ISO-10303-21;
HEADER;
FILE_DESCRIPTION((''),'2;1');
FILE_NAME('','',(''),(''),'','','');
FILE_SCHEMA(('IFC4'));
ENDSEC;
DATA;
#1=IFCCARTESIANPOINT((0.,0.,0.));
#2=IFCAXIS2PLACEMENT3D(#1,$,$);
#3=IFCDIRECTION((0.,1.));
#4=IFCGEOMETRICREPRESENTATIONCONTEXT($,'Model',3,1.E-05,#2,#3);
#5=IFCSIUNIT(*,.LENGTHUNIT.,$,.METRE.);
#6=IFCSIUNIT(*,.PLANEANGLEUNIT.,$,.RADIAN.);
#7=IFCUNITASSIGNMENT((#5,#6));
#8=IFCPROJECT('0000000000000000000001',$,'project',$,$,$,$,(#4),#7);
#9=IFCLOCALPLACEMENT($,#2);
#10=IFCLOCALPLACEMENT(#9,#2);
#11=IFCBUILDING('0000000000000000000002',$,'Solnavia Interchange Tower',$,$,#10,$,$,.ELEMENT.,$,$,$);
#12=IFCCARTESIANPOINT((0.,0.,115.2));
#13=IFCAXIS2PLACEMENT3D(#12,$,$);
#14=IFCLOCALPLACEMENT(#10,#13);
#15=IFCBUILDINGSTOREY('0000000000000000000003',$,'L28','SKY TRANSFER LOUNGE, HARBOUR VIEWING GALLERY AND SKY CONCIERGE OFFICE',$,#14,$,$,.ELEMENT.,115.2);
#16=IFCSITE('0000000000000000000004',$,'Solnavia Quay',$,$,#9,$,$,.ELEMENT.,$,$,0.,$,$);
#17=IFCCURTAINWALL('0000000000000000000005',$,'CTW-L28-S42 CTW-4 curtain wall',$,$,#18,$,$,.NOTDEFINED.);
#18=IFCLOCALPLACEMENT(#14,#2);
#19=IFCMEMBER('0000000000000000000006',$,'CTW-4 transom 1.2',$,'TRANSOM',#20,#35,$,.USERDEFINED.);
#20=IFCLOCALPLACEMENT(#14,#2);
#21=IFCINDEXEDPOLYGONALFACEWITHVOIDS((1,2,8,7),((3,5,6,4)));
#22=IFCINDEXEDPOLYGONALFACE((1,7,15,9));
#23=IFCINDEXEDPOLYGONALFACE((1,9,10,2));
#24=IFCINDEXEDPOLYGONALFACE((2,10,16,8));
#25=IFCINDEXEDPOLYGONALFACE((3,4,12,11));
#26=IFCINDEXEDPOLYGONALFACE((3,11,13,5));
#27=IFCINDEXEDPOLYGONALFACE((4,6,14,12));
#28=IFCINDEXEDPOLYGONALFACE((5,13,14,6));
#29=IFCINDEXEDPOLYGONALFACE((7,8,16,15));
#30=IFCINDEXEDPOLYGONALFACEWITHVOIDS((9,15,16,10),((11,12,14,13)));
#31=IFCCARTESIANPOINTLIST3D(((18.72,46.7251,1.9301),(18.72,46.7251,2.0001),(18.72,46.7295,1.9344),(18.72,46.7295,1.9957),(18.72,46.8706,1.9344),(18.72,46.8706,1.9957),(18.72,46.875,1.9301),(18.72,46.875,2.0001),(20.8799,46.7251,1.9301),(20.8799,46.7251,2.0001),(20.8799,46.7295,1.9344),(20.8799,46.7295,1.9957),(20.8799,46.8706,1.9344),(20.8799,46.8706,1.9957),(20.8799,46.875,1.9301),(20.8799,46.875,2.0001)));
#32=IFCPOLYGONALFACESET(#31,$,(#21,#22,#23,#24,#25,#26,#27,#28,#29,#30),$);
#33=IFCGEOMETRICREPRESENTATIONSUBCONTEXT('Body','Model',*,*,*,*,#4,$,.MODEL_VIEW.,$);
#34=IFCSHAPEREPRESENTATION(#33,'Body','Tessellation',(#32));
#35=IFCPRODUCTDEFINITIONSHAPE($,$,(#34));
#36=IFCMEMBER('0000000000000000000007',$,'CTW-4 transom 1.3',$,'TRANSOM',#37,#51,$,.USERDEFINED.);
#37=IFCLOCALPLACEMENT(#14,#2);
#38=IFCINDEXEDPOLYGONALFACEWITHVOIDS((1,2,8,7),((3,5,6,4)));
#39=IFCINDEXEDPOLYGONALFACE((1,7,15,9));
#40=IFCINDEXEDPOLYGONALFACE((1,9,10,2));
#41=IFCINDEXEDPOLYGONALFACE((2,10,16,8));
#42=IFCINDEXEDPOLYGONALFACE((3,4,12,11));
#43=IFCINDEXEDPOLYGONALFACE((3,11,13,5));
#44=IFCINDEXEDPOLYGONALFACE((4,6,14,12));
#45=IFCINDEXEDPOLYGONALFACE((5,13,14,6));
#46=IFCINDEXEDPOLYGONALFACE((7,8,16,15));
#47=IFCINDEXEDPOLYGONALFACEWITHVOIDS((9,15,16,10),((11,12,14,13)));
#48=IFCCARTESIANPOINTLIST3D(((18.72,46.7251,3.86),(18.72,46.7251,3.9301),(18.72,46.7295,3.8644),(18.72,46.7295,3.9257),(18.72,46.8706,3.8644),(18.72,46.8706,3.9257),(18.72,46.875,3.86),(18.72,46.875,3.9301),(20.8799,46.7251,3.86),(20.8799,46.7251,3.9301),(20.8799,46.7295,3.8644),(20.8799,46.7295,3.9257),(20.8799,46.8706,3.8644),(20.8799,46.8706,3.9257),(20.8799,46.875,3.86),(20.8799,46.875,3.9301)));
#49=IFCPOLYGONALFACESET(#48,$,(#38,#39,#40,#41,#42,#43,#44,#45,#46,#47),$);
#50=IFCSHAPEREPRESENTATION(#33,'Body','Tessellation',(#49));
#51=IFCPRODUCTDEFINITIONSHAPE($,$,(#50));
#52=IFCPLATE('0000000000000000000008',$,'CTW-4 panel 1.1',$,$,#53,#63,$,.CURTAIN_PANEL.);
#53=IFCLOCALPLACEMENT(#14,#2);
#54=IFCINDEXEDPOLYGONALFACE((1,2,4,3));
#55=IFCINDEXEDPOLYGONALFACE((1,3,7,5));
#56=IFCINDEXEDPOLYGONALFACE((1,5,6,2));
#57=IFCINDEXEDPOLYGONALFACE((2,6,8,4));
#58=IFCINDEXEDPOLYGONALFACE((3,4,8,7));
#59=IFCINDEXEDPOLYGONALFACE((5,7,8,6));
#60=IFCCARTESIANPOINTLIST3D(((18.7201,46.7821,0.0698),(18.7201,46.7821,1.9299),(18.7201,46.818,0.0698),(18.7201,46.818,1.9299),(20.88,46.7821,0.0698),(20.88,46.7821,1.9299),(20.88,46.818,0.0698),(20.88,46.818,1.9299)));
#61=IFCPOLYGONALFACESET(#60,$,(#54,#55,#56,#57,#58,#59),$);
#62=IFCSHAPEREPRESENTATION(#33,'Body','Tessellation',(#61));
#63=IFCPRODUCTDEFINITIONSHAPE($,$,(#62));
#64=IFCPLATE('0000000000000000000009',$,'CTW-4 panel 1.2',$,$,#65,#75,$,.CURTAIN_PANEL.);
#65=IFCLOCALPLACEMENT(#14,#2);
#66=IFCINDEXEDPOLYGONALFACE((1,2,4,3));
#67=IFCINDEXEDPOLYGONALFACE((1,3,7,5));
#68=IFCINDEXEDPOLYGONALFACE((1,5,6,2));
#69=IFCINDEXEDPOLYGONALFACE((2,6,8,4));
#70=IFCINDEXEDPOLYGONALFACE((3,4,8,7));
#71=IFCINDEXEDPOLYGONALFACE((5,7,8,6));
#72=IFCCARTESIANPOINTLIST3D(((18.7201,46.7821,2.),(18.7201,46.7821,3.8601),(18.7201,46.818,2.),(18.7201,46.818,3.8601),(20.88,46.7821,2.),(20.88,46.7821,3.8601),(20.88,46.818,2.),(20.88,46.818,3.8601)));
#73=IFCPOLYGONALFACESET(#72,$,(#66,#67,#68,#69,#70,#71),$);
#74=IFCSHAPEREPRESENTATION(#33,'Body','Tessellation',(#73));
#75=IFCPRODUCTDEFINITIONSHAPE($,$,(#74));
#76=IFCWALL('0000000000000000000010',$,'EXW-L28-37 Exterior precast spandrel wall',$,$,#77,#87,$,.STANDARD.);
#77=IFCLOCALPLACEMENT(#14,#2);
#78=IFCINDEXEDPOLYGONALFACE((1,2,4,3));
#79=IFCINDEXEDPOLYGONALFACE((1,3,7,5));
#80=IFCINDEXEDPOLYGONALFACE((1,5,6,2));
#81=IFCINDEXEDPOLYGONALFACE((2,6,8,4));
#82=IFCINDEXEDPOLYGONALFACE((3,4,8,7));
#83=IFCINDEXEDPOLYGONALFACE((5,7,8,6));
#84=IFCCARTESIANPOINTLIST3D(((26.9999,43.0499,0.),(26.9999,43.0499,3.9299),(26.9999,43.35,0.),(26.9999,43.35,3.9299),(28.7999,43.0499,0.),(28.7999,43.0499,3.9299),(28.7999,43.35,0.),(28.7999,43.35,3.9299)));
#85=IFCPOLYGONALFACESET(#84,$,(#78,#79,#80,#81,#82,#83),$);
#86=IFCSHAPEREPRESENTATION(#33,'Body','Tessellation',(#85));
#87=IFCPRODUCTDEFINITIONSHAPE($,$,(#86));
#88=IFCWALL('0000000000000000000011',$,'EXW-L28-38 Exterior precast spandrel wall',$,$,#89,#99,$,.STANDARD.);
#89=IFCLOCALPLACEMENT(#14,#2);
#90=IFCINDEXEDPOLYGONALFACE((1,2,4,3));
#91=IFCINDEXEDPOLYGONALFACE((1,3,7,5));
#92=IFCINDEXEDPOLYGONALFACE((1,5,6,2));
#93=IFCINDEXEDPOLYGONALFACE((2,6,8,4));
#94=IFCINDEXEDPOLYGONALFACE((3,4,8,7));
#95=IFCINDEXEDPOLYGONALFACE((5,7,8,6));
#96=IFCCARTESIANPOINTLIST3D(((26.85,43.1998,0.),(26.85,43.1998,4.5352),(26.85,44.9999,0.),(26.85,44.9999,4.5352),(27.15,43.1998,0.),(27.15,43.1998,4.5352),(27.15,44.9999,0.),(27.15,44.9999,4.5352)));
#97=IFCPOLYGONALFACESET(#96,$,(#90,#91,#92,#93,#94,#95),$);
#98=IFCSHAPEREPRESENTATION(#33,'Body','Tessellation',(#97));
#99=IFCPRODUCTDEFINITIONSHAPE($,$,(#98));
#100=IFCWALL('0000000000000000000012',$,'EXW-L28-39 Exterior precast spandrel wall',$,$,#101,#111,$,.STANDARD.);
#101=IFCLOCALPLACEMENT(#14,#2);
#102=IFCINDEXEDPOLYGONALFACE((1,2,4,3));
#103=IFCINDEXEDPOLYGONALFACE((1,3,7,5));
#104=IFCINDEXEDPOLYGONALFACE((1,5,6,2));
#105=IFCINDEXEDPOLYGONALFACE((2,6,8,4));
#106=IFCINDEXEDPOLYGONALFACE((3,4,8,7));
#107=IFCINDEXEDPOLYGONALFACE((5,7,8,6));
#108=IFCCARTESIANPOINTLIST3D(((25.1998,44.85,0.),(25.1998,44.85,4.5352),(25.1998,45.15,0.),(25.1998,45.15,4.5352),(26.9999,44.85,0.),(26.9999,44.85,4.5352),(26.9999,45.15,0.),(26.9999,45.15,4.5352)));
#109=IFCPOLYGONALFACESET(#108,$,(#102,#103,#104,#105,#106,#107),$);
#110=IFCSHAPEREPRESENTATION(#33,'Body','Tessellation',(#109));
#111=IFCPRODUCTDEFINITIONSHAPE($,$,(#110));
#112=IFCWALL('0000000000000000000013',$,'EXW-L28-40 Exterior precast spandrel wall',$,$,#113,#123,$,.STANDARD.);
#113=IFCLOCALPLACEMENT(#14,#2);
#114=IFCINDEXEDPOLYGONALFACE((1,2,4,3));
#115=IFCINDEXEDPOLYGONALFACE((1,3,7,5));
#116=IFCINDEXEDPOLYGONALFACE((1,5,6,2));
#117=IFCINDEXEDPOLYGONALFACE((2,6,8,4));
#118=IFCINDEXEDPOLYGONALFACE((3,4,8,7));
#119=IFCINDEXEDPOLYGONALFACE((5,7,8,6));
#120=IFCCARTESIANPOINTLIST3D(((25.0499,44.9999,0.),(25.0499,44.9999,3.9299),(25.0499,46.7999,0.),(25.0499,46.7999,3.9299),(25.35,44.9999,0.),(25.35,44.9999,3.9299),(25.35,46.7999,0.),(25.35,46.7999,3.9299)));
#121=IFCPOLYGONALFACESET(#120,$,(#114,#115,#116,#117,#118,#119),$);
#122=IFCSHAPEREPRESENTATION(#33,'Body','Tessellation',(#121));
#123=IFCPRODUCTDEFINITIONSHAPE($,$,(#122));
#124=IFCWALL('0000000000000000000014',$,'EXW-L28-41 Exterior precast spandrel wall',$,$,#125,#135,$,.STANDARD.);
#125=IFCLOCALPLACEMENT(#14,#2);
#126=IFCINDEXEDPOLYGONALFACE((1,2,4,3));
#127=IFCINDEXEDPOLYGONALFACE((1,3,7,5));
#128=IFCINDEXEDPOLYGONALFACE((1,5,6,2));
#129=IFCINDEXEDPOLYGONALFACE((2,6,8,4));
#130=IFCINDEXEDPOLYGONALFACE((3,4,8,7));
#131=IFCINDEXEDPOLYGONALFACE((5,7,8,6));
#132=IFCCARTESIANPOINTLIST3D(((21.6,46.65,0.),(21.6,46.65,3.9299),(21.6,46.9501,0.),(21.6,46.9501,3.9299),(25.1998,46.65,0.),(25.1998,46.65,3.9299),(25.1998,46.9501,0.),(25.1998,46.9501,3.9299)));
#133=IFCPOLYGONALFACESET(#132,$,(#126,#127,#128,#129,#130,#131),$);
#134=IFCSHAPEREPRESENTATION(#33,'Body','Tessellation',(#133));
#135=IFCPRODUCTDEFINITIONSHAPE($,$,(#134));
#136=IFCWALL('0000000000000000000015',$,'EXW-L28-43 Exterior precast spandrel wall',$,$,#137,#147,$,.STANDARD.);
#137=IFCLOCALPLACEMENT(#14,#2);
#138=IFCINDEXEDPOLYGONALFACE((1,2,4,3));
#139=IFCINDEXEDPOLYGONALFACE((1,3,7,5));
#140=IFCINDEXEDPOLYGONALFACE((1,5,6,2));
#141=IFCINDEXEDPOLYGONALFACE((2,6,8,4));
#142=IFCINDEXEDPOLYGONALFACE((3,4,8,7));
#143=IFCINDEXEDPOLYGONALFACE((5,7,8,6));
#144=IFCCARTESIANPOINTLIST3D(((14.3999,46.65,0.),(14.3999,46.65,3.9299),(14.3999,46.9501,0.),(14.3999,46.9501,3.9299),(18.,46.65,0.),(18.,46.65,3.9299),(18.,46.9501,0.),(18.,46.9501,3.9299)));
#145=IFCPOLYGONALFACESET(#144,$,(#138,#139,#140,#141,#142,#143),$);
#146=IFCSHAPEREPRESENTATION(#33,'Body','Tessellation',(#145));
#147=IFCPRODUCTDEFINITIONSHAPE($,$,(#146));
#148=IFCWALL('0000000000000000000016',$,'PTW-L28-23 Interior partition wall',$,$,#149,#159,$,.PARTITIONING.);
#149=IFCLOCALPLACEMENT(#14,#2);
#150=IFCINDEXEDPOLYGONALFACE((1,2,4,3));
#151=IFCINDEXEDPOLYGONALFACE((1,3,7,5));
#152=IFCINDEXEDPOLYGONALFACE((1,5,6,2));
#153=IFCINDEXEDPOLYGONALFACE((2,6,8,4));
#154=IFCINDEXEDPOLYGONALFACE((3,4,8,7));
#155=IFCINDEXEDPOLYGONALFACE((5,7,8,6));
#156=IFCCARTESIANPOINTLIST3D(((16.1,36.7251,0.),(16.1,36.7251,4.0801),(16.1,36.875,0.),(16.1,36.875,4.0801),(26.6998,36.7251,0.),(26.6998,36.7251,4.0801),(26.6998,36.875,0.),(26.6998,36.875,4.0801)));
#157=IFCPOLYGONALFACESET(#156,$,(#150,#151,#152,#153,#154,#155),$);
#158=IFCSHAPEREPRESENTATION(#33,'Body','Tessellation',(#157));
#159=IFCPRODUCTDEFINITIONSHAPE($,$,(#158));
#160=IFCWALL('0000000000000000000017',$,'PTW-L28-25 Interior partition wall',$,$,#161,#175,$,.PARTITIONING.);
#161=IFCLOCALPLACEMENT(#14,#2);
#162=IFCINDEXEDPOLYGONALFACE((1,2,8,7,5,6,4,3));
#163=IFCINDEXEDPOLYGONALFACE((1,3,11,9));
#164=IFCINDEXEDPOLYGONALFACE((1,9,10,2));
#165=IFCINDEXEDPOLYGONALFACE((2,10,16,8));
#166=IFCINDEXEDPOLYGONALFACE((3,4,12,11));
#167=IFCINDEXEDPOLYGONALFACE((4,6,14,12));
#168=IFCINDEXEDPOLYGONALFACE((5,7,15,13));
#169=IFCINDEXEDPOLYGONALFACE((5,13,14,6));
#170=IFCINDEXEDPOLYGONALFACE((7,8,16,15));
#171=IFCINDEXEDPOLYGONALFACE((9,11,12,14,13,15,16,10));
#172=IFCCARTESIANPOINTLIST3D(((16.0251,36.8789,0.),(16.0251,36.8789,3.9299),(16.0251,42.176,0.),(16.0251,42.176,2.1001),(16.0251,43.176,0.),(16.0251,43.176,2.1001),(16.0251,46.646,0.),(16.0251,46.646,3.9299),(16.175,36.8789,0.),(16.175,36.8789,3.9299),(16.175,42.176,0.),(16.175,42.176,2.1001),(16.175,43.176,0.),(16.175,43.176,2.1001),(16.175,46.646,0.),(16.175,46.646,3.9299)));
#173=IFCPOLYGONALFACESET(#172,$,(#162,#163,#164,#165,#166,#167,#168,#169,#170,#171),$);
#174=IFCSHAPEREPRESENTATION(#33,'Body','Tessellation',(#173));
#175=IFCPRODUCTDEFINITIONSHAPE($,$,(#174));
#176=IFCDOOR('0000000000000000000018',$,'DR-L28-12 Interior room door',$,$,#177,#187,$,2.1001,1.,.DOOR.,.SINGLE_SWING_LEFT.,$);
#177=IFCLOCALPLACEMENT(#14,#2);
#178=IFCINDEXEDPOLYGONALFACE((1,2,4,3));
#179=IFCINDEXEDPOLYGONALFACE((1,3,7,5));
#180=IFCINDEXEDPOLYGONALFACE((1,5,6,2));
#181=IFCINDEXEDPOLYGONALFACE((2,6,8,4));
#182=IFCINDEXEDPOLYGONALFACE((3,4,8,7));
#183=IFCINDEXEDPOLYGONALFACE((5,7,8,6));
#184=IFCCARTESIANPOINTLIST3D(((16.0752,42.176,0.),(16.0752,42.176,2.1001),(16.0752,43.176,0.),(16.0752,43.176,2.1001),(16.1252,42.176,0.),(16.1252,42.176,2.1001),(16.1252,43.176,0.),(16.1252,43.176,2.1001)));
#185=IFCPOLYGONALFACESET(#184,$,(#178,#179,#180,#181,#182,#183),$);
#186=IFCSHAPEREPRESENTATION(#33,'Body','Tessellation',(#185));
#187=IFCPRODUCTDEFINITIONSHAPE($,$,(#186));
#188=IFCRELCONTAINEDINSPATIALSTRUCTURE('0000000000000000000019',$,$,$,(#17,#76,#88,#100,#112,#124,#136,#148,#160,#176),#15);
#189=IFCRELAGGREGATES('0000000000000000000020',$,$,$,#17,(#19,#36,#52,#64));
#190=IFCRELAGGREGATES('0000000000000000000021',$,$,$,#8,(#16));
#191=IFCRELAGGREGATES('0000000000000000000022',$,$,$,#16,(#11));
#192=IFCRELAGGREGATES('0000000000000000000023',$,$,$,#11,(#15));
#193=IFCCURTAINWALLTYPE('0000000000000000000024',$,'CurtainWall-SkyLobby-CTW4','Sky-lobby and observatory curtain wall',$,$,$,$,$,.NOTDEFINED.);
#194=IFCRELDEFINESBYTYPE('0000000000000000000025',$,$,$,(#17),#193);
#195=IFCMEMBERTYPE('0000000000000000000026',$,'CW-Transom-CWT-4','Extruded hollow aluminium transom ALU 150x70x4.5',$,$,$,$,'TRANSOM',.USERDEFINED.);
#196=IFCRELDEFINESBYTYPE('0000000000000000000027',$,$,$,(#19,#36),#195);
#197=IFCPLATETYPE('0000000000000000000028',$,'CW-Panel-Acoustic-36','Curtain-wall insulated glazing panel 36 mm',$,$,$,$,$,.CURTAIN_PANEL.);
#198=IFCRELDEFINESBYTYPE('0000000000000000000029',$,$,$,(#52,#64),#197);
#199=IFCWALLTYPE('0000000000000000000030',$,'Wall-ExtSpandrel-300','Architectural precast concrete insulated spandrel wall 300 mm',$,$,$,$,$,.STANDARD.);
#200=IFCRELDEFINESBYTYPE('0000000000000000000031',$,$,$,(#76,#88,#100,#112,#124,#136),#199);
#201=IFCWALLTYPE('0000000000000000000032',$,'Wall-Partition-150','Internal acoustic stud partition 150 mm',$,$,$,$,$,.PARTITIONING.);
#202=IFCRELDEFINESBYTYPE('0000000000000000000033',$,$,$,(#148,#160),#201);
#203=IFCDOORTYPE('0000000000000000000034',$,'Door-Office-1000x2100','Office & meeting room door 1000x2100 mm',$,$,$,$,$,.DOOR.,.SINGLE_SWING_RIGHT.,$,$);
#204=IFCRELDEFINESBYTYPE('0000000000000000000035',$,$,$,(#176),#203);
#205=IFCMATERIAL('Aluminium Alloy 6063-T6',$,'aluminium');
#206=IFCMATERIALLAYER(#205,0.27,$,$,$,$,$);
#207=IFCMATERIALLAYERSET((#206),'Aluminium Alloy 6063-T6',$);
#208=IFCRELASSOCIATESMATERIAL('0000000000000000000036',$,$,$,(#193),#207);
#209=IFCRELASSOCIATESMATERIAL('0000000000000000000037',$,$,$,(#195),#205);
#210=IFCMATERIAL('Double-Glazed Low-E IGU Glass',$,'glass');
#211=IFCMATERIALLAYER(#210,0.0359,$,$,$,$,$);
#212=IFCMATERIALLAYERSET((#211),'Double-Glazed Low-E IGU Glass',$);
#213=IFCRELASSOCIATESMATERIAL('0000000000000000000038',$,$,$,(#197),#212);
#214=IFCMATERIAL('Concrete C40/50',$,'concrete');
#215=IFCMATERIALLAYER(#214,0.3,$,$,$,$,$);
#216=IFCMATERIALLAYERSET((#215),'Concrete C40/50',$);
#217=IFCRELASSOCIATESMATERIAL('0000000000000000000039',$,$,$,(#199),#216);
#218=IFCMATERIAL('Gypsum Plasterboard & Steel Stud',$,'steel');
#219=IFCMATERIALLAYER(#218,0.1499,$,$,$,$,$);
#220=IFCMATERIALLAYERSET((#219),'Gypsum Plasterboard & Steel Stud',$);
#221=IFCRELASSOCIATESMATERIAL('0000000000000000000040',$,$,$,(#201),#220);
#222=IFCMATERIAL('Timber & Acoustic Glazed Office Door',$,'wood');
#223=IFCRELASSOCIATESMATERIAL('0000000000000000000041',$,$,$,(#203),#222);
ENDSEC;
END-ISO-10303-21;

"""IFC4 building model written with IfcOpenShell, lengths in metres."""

from ifc_helpers import new_model, si_unit, direction, frame, frame_2d, origin, origin_2d, place, context, subcontext, project, spatial, rectangle, hollow_rectangle, extrude, material, layer, layer_set, material_profile, profile_set, type_object, element, fill, aggregate, save


model = new_model("IFC4")

# Units and contexts
model_context = context("Model", 3, precision=1e-05, world=origin(), true_north=direction((0.0, 1.0)))
body_context = subcontext(model_context, "Body", "Model", "MODEL_VIEW")
ifc_project = project(units=[si_unit("LENGTHUNIT", "METRE"), si_unit("PLANEANGLEUNIT", "RADIAN")], contexts=[model_context])

# Site, building, storey
site_placement = place(None, origin())
site = spatial("IfcSite", under=ifc_project, at=site_placement, Name="Solnavia Quay", CompositionType="ELEMENT", RefElevation=0.0)
building_placement = place(site_placement, origin())
building = spatial("IfcBuilding", under=site, at=building_placement, Name="Solnavia Interchange Tower", CompositionType="ELEMENT")
storey_placement = place(building_placement, frame((0.0, 0.0, 115.2)))
storey = spatial("IfcBuildingStorey", under=building, at=storey_placement, Name="L28", Description="SKY TRANSFER LOUNGE, HARBOUR VIEWING GALLERY AND SKY CONCIERGE OFFICE", CompositionType="ELEMENT", Elevation=115.2)

# Curtain wall, members, plates
ifc_material_1 = material(Name="Aluminium Alloy 6063-T6", Category="aluminium")
ifc_layer_1 = layer(ifc_material_1, 0.27)
ifc_layer_set_1 = layer_set([ifc_layer_1], Name="Aluminium Alloy 6063-T6")
curtain_wall_type = type_object("IfcCurtainWallType", Name="CurtainWall-SkyLobby-CTW4", Description="Sky-lobby and observatory curtain wall", PredefinedType="NOTDEFINED", material=ifc_layer_set_1)
curtain_wall_placement = place(storey_placement, origin())
curtain_wall = element("IfcCurtainWall", 1, at=curtain_wall_placement, inside=storey, type_object=curtain_wall_type, Name="CTW-L28-S42 CTW-4 curtain wall", PredefinedType="NOTDEFINED")
ifc_material_profile_1 = material_profile(ifc_material_1, hollow_rectangle(XDim=0.0701, YDim=0.1499, WallThickness=0.0044, at=origin_2d()), Name="ALU 150x70x4.5")
ifc_profile_set_1 = profile_set([ifc_material_profile_1], Name="Aluminium Alloy 6063-T6")
member_type_1 = type_object("IfcMemberType", Name="CW-Transom-CWT-4", Description="Extruded hollow aluminium transom ALU 150x70x4.5", ElementType="TRANSOM", PredefinedType="USERDEFINED", material=ifc_profile_set_1)
member_1_placement = place(storey_placement, frame((20.8799, 46.8, 1.9651), z_axis=(-1.0, 0.0, 0.0), x_axis=(0.0, 0.0, 1.0)))
member_1 = element("IfcMember", 2, at=member_1_placement, type_object=member_type_1, Name="CTW-4 transom 1.2", ObjectType="TRANSOM", PredefinedType="USERDEFINED", context=body_context, shape_type="SweptSolid", body=[
    extrude(hollow_rectangle(XDim=0.0701, YDim=0.1499, WallThickness=0.0044, at=origin_2d()), origin(), (0.0, 0.0, 1.0), 2.1599),
])
member_2_placement = place(storey_placement, frame((20.8799, 46.8, 3.895), z_axis=(-1.0, 0.0, 0.0), x_axis=(0.0, 0.0, 1.0)))
member_2 = element("IfcMember", 3, at=member_2_placement, type_object=member_type_1, Name="CTW-4 transom 1.3", ObjectType="TRANSOM", PredefinedType="USERDEFINED", context=body_context, shape_type="SweptSolid", body=[
    extrude(hollow_rectangle(XDim=0.0701, YDim=0.1499, WallThickness=0.0044, at=origin_2d()), origin(), (0.0, 0.0, 1.0), 2.1599),
])
ifc_material_2 = material(Name="Double-Glazed Low-E IGU Glass", Category="glass")
ifc_layer_2 = layer(ifc_material_2, 0.0359)
ifc_layer_set_2 = layer_set([ifc_layer_2], Name="Double-Glazed Low-E IGU Glass")
plate_type = type_object("IfcPlateType", Name="CW-Panel-Acoustic-36", Description="Curtain-wall insulated glazing panel 36 mm", PredefinedType="CURTAIN_PANEL", material=ifc_layer_set_2)
plate_1_placement = place(storey_placement, frame((19.8, 46.8, 0.0698), z_axis=(0.0, 0.0, 1.0), x_axis=(-1.0, 0.0, 0.0)))
plate_1 = element("IfcPlate", 4, at=plate_1_placement, type_object=plate_type, Name="CTW-4 panel 1.1", PredefinedType="CURTAIN_PANEL", context=body_context, shape_type="SweptSolid", body=[
    extrude(rectangle(XDim=2.1599, YDim=0.0359, at=origin_2d()), origin(), (0.0, 0.0, 1.0), 1.8601),
])
plate_2_placement = place(storey_placement, frame((19.8, 46.8, 2.0), z_axis=(0.0, 0.0, 1.0), x_axis=(-1.0, 0.0, 0.0)))
plate_2 = element("IfcPlate", 5, at=plate_2_placement, type_object=plate_type, Name="CTW-4 panel 1.2", PredefinedType="CURTAIN_PANEL", context=body_context, shape_type="SweptSolid", body=[
    extrude(rectangle(XDim=2.1599, YDim=0.0359, at=origin_2d()), origin(), (0.0, 0.0, 1.0), 1.8601),
])
aggregate(curtain_wall, [member_1, member_2, plate_1, plate_2])

# Walls
ifc_material_3 = material(Name="Concrete C40/50", Category="concrete")
ifc_layer_3 = layer(ifc_material_3, 0.3)
ifc_layer_set_3 = layer_set([ifc_layer_3], Name="Concrete C40/50")
wall_type_1 = type_object("IfcWallType", Name="Wall-ExtSpandrel-300", Description="Architectural precast concrete insulated spandrel wall 300 mm", PredefinedType="STANDARD", material=ifc_layer_set_3)
wall_1_placement = place(storey_placement, frame((27.0, 43.2, 0.0), z_axis=(0.0, 0.0, 1.0), x_axis=(1.0, 0.0, 0.0)))
element("IfcWall", 6, at=wall_1_placement, inside=storey, type_object=wall_type_1, Name="EXW-L28-37 Exterior precast spandrel wall", PredefinedType="STANDARD", context=body_context, shape_type="SweptSolid", body=[
    extrude(rectangle(XDim=1.8, YDim=0.3, at=frame_2d((0.8999, 0.0))), origin(), (0.0, 0.0, 1.0), 3.9299),
])
for number, where, z_axis, x_axis, name in (
    (7, (27.0, 43.2, 0.0), (0.0, 0.0, 1.0), (0.0, 1.0, 0.0), "EXW-L28-38 Exterior precast spandrel wall"),
    (8, (25.2, 45.0, 0.0), (0.0, 0.0, 1.0), (1.0, 0.0, 0.0), "EXW-L28-39 Exterior precast spandrel wall"),
):
    element("IfcWall", number, at=place(storey_placement, frame(where, z_axis=z_axis, x_axis=x_axis)), inside=storey, type_object=wall_type_1, Name=name, PredefinedType="STANDARD", context=body_context, shape_type="SweptSolid", body=[
        extrude(rectangle(XDim=1.8, YDim=0.3, at=frame_2d((0.8999, 0.0))), origin(), (0.0, 0.0, 1.0), 4.5352),
    ])
wall_2_placement = place(storey_placement, frame((25.2, 45.0, 0.0), z_axis=(0.0, 0.0, 1.0), x_axis=(0.0, 1.0, 0.0)))
element("IfcWall", 9, at=wall_2_placement, inside=storey, type_object=wall_type_1, Name="EXW-L28-40 Exterior precast spandrel wall", PredefinedType="STANDARD", context=body_context, shape_type="SweptSolid", body=[
    extrude(rectangle(XDim=1.8, YDim=0.3, at=frame_2d((0.8999, 0.0))), origin(), (0.0, 0.0, 1.0), 3.9299),
])
wall_3_placement = place(storey_placement, frame((21.6001, 46.8, 0.0), z_axis=(0.0, 0.0, 1.0), x_axis=(1.0, 0.0, 0.0)))
element("IfcWall", 10, at=wall_3_placement, inside=storey, type_object=wall_type_1, Name="EXW-L28-41 Exterior precast spandrel wall", PredefinedType="STANDARD", context=body_context, shape_type="SweptSolid", body=[
    extrude(rectangle(XDim=3.5999, YDim=0.3, at=frame_2d((1.7998, 0.0))), origin(), (0.0, 0.0, 1.0), 3.9299),
])
wall_4_placement = place(storey_placement, frame((14.3999, 46.8, 0.0), z_axis=(0.0, 0.0, 1.0), x_axis=(1.0, 0.0, 0.0)))
element("IfcWall", 11, at=wall_4_placement, inside=storey, type_object=wall_type_1, Name="EXW-L28-43 Exterior precast spandrel wall", PredefinedType="STANDARD", context=body_context, shape_type="SweptSolid", body=[
    extrude(rectangle(XDim=3.6001, YDim=0.3, at=frame_2d((1.8, 0.0))), origin(), (0.0, 0.0, 1.0), 3.9299),
])
ifc_material_4 = material(Name="Gypsum Plasterboard & Steel Stud", Category="steel")
ifc_layer_4 = layer(ifc_material_4, 0.1499)
ifc_layer_set_4 = layer_set([ifc_layer_4], Name="Gypsum Plasterboard & Steel Stud")
wall_type_2 = type_object("IfcWallType", Name="Wall-Partition-150", Description="Internal acoustic stud partition 150 mm", PredefinedType="PARTITIONING", material=ifc_layer_set_4)
wall_5_placement = place(storey_placement, frame((16.1001, 36.8, 0.0), z_axis=(0.0, 0.0, 1.0), x_axis=(1.0, 0.0, 0.0)))
element("IfcWall", 12, at=wall_5_placement, inside=storey, type_object=wall_type_2, Name="PTW-L28-23 Interior partition wall", PredefinedType="PARTITIONING", context=body_context, shape_type="SweptSolid", body=[
    extrude(rectangle(XDim=10.5999, YDim=0.1499, at=frame_2d((5.2998, 0.0))), origin(), (0.0, 0.0, 1.0), 4.0801),
])

# Wall, opening, door
wall_6_placement = place(storey_placement, frame((16.1001, 36.8789, 0.0), z_axis=(0.0, 0.0, 1.0), x_axis=(0.0, 1.0, 0.0)))
wall_6 = element("IfcWall", 13, at=wall_6_placement, inside=storey, type_object=wall_type_2, Name="PTW-L28-25 Interior partition wall", PredefinedType="PARTITIONING", context=body_context, shape_type="SweptSolid", body=[
    extrude(rectangle(XDim=9.7671, YDim=0.1499, at=frame_2d((4.8835, 0.0))), origin(), (0.0, 0.0, 1.0), 3.9299),
])
opening_placement = place(wall_6_placement, frame((5.2971, 0.0, 0.0)))
opening = element("IfcOpeningElement", 14, at=opening_placement, cuts=wall_6, PredefinedType="OPENING", context=body_context, shape_type="SweptSolid", body=[
    extrude(rectangle(XDim=1.0, YDim=2.1001, at=frame_2d((0.5, 1.05))), frame((0.0, 0.085, 0.0), z_axis=(0.0, -1.0, 0.0), x_axis=(1.0, 0.0, 0.0)), (0.0, 0.0, 1.0), 0.1699),
])
ifc_material_5 = material(Name="Timber & Acoustic Glazed Office Door", Category="wood")
door_type = type_object("IfcDoorType", Name="Door-Office-1000x2100", Description="Office & meeting room door 1000x2100 mm", OperationType="SINGLE_SWING_RIGHT", PredefinedType="DOOR", material=ifc_material_5)
door_placement = place(opening_placement, origin())
door = element("IfcDoor", 15, at=door_placement, inside=storey, type_object=door_type, Name="DR-L28-12 Interior room door", OperationType="SINGLE_SWING_LEFT", OverallHeight=2.1001, OverallWidth=1.0, PredefinedType="DOOR", context=body_context, shape_type="SweptSolid", body=[
    extrude(rectangle(XDim=1.0, YDim=2.1001, at=frame_2d((0.5, 1.05))), frame((0.0, 0.0249, 0.0), z_axis=(0.0, -1.0, 0.0), x_axis=(1.0, 0.0, 0.0)), (0.0, 0.0, 1.0), 0.05),
])
fill(opening, door)

save(model, "model.ifc")
